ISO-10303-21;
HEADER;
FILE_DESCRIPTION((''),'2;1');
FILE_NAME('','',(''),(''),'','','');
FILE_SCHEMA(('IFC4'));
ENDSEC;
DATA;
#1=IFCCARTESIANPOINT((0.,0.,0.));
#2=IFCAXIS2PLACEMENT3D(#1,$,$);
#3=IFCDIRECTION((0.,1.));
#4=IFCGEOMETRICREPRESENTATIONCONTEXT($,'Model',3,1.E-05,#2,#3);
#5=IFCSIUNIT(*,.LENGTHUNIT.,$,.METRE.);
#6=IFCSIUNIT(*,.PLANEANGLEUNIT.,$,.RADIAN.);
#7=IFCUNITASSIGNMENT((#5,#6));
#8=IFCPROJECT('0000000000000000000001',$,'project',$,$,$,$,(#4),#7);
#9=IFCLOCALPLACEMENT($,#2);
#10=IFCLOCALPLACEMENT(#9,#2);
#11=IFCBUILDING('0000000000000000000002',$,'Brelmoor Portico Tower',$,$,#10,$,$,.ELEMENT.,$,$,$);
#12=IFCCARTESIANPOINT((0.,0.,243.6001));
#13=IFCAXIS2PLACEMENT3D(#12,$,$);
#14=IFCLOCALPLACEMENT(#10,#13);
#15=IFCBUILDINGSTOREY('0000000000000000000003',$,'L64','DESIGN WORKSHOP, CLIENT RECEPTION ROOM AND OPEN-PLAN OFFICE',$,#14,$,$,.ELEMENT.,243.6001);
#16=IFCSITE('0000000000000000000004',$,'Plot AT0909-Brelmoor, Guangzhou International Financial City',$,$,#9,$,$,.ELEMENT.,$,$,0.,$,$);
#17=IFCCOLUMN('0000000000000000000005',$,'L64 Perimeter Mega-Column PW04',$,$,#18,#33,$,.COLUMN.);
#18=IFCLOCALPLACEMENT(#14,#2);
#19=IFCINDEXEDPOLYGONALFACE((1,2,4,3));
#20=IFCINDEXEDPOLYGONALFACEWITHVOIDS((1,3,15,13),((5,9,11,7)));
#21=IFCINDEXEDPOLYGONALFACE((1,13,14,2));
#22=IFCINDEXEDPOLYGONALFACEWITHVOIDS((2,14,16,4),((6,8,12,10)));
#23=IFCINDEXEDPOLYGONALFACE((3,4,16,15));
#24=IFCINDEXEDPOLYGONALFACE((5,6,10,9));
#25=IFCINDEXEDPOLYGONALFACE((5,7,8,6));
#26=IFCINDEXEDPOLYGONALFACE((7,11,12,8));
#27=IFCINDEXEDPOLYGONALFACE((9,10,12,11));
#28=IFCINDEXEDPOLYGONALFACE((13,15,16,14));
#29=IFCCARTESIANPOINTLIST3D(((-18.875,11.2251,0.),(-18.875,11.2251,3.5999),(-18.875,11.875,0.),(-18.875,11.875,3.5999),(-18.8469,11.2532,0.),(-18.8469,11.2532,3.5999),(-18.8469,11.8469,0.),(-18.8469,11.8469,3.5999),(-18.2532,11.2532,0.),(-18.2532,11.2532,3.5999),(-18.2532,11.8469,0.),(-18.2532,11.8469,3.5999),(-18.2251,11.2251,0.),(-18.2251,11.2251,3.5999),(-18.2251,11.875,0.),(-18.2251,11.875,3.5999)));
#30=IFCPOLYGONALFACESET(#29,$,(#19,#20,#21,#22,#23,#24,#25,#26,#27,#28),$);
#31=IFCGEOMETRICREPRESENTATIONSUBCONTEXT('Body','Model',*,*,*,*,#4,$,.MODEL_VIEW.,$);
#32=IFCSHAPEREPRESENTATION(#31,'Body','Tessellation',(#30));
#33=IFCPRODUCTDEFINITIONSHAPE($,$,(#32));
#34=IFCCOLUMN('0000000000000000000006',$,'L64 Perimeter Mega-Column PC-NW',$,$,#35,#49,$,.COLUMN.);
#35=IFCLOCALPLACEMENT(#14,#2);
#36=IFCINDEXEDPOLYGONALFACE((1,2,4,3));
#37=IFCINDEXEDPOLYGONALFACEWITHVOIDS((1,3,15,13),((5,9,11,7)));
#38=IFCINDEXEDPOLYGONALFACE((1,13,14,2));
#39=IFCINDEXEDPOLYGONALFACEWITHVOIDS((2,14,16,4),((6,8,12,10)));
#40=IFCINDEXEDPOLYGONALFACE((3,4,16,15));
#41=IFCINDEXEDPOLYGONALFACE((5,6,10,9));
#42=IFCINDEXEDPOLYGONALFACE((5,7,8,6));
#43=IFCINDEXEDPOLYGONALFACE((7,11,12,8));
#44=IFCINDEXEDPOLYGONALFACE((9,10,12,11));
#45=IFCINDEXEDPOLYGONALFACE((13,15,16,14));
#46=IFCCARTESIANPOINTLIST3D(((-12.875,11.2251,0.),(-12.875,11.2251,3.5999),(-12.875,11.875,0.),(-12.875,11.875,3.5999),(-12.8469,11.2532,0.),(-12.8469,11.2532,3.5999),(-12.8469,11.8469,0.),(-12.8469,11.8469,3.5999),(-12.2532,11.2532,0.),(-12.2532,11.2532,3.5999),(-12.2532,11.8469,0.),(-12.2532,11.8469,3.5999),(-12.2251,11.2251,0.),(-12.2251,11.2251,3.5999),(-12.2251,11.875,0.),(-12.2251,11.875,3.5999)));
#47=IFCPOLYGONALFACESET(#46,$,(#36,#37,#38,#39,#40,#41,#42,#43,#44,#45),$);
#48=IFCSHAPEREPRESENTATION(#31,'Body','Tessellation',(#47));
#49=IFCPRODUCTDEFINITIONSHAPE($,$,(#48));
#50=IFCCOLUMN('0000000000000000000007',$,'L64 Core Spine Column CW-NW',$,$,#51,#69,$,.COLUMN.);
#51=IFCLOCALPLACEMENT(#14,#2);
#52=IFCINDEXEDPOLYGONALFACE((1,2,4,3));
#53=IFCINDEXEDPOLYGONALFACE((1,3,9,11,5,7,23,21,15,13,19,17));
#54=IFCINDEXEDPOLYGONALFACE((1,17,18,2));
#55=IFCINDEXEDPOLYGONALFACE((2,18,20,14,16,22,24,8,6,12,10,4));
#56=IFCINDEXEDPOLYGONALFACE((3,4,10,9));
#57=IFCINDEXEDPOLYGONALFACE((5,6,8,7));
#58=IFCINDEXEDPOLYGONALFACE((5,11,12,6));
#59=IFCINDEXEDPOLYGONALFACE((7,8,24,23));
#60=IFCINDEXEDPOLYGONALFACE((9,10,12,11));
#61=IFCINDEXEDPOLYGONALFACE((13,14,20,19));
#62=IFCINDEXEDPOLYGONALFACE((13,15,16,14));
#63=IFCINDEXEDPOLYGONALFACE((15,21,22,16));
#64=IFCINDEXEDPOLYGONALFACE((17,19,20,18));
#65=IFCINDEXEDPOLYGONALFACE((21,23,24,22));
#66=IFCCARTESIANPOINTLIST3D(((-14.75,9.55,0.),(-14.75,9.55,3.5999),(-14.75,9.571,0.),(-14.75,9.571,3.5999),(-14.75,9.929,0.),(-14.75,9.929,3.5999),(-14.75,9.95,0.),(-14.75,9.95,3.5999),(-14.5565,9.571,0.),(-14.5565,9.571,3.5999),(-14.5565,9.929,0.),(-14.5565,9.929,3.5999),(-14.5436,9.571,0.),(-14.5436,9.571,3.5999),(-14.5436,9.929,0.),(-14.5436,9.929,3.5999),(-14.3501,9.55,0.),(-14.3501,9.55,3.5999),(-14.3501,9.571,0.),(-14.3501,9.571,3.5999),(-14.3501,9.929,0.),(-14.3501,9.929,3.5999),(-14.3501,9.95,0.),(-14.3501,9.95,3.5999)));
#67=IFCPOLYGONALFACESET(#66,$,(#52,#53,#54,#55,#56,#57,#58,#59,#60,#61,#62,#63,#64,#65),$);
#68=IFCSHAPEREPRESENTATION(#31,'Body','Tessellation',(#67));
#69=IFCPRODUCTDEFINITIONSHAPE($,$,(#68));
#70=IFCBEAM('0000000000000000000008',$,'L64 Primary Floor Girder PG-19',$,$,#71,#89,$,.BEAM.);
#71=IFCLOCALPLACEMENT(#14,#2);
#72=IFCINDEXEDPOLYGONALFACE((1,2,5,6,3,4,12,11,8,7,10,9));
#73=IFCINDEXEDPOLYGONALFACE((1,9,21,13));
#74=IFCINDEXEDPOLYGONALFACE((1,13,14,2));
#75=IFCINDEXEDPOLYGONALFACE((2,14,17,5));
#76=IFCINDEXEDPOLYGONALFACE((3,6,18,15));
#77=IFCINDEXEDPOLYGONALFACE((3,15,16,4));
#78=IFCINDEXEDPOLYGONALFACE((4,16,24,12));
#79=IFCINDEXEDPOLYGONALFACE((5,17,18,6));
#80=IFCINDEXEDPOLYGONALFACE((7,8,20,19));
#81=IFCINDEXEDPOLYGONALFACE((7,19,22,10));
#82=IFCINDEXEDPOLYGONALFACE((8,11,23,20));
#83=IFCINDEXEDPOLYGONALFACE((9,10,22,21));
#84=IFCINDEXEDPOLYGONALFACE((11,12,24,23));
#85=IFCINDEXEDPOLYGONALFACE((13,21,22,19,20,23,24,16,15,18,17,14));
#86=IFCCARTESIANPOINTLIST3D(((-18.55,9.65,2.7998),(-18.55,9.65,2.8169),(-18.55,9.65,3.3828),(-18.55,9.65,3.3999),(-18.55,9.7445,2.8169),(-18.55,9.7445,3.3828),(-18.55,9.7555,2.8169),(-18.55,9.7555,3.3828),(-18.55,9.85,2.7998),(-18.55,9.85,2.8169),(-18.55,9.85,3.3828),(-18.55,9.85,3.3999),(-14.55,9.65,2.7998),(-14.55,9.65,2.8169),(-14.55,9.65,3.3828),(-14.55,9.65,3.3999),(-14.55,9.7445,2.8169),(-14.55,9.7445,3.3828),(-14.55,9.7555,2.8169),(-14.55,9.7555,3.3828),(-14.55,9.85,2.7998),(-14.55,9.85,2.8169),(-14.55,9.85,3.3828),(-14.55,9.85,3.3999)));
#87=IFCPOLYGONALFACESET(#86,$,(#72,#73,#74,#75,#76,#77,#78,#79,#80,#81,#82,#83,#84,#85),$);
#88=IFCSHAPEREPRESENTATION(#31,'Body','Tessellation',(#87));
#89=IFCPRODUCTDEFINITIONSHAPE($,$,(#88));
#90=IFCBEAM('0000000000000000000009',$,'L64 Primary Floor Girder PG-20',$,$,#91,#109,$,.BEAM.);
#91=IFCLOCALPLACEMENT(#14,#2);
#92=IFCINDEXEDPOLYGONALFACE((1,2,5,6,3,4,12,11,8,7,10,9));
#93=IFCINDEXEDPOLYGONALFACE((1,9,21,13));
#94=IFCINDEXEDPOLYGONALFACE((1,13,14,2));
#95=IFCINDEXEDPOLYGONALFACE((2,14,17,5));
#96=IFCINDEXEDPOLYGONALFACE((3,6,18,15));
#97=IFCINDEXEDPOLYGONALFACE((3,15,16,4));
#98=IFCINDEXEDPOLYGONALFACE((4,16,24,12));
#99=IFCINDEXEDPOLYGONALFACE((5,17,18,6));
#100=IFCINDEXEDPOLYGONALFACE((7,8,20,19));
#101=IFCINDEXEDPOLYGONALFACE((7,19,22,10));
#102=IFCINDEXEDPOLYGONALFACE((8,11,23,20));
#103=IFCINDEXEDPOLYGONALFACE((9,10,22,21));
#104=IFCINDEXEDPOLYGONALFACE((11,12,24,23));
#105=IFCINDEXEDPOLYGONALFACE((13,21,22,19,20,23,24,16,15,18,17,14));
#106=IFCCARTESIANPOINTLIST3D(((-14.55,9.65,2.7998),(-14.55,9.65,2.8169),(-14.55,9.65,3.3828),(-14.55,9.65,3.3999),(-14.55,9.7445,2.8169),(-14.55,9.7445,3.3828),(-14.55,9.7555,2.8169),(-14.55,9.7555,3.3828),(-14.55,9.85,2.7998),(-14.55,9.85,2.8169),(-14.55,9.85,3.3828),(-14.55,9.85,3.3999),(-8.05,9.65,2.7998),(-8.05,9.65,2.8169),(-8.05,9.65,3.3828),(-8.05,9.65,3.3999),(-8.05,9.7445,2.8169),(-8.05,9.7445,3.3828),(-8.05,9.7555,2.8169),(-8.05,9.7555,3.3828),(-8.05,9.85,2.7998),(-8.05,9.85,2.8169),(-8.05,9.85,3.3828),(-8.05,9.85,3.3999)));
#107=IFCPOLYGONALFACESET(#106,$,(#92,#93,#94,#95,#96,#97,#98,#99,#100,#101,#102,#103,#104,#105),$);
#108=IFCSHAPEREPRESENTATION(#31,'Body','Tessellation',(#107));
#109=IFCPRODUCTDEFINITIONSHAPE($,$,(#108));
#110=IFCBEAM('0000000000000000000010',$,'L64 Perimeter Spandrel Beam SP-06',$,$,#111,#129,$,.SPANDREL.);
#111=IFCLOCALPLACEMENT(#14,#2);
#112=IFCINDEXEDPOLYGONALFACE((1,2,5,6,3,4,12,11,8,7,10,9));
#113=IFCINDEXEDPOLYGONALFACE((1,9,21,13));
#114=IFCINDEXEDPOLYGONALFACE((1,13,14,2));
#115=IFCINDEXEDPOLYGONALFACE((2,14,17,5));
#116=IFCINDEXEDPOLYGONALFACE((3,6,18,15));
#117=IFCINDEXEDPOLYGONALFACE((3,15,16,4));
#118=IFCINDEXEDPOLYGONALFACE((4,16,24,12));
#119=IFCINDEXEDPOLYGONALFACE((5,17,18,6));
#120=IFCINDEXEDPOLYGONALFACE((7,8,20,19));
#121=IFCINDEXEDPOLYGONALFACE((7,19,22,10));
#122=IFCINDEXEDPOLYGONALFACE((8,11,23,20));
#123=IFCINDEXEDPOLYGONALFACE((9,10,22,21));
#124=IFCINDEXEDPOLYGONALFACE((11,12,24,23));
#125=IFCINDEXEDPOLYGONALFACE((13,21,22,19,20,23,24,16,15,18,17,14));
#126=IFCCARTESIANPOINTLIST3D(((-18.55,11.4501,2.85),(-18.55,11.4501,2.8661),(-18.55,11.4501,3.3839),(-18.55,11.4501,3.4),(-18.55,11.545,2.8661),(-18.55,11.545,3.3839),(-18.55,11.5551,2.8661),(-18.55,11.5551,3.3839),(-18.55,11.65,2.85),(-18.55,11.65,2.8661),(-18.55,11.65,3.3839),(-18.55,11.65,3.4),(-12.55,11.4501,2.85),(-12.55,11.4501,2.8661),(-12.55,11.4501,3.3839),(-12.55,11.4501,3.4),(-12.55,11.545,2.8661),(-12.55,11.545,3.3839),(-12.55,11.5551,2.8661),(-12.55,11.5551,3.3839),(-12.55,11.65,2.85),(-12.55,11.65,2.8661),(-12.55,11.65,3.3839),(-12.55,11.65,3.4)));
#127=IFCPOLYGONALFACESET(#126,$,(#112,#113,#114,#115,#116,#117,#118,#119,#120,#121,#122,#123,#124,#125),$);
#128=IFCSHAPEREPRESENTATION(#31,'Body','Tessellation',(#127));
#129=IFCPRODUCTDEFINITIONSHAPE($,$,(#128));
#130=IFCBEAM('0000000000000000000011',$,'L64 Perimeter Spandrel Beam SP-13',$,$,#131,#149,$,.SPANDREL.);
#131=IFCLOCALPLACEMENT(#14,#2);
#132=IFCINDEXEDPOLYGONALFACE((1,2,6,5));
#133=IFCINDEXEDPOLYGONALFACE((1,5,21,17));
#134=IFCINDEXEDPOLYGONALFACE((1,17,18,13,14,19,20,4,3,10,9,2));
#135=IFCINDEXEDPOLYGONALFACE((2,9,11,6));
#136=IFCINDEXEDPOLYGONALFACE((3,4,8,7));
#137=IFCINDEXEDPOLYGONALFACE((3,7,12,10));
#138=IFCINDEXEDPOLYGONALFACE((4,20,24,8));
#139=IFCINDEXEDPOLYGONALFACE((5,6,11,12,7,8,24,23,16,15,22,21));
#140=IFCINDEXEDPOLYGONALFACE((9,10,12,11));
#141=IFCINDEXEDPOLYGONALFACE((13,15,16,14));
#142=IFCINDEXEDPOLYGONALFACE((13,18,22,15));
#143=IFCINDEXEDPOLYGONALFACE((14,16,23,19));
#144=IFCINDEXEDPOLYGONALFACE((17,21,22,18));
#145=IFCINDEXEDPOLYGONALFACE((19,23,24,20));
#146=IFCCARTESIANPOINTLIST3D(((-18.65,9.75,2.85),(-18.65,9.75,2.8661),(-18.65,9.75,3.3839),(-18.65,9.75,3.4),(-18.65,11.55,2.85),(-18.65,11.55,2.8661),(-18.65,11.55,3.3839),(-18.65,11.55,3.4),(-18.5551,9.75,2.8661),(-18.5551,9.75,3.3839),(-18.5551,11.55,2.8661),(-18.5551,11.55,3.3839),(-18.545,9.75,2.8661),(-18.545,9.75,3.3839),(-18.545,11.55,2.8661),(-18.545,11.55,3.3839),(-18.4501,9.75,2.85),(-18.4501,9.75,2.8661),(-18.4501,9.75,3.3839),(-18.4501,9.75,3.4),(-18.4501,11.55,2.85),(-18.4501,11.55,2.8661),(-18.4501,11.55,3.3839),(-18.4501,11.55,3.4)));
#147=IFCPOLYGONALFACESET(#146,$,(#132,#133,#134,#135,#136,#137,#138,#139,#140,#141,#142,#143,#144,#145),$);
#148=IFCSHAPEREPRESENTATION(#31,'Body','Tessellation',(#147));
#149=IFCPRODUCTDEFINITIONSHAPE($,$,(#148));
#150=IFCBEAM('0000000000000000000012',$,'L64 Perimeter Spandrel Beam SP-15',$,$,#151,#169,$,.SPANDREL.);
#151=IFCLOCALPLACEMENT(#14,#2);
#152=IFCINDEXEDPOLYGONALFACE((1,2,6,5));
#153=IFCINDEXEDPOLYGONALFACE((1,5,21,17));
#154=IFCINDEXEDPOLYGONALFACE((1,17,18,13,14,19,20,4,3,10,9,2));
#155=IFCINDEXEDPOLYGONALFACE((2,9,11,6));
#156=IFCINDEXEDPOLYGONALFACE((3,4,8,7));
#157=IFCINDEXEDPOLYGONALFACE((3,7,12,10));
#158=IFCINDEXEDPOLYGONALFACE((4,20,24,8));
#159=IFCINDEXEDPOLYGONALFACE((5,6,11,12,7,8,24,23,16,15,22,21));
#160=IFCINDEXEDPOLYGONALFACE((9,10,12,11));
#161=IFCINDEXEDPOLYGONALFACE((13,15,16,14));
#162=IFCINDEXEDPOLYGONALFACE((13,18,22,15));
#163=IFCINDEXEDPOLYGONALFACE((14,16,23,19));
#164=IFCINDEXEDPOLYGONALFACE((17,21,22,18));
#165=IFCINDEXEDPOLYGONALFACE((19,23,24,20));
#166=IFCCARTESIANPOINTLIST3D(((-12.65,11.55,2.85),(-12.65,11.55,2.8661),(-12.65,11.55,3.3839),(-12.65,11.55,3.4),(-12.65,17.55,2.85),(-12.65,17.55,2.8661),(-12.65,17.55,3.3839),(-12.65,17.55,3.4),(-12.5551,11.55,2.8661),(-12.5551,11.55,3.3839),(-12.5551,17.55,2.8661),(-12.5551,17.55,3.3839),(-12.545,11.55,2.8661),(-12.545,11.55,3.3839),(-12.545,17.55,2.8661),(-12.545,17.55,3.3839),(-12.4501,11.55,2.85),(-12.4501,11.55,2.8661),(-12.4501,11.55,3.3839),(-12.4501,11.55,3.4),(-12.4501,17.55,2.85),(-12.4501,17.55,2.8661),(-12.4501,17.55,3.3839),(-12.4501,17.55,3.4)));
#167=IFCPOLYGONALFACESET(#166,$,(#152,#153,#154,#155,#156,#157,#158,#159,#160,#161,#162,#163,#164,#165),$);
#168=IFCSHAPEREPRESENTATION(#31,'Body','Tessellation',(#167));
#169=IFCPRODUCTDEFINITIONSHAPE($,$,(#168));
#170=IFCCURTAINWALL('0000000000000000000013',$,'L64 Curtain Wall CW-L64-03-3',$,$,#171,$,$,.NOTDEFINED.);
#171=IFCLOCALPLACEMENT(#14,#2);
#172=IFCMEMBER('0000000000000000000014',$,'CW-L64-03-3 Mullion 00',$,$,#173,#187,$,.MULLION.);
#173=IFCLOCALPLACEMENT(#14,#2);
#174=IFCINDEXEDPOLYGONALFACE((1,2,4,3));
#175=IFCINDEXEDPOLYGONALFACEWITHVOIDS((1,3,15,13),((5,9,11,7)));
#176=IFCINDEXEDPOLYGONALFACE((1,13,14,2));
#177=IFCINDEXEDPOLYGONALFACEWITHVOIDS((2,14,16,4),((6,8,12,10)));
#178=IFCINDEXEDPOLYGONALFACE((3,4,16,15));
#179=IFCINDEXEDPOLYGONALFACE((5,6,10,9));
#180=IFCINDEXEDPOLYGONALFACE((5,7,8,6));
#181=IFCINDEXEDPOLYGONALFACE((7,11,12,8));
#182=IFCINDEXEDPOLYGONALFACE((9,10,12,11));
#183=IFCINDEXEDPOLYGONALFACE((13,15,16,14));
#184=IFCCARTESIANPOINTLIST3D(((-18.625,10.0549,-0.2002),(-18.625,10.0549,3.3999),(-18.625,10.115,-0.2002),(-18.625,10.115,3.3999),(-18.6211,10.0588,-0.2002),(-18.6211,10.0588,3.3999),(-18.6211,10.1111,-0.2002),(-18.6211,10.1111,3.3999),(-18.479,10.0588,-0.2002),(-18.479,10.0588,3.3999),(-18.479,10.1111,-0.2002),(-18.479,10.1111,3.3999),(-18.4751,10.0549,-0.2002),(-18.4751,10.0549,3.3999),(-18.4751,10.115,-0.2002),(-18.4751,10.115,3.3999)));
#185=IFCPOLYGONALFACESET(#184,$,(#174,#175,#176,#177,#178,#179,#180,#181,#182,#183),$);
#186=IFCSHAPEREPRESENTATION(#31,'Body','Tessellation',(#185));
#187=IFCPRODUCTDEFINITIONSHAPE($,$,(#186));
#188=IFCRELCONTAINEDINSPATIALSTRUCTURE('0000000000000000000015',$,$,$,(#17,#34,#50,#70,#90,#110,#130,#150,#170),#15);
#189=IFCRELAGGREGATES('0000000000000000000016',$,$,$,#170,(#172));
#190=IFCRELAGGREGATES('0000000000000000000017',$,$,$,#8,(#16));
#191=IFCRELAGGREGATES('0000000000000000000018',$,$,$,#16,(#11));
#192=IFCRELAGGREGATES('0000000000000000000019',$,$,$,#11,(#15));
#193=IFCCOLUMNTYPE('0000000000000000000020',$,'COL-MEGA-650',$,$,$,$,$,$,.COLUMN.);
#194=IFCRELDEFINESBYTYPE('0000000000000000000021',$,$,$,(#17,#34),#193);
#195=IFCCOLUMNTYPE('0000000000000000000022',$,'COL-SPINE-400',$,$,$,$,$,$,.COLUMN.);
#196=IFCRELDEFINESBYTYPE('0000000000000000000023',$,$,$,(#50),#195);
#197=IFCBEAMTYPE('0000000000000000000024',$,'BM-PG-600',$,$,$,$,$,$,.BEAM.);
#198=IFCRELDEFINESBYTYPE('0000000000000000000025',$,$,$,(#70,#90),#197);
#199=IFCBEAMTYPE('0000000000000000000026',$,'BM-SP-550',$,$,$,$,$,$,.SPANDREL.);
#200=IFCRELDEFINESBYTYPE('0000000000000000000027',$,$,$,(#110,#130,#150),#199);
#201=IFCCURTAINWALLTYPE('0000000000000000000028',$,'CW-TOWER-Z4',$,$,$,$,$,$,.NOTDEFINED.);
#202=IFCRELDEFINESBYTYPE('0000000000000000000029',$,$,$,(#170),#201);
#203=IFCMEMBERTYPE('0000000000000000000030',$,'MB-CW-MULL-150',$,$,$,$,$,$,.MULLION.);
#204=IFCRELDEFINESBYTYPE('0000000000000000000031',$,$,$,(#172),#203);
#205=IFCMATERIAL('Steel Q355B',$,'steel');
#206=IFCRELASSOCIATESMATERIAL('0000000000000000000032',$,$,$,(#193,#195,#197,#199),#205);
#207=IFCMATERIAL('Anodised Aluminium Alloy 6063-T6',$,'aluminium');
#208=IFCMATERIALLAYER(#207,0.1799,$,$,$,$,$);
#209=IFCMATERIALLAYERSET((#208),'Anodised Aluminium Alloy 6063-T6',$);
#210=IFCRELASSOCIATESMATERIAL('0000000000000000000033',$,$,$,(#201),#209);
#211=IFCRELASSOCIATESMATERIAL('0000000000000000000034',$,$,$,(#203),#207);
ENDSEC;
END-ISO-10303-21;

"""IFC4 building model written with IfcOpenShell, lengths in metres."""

from ifc_helpers import new_model, si_unit, direction, frame, origin, origin_2d, place, context, subcontext, project, spatial, hollow_rectangle, i_section, extrude, material, layer, layer_set, material_profile, profile_set, type_object, element, aggregate, save


model = new_model("IFC4")

# Units and contexts
model_context = context("Model", 3, precision=1e-05, world=origin(), true_north=direction((0.0, 1.0)))
body_context = subcontext(model_context, "Body", "Model", "MODEL_VIEW")
ifc_project = project(units=[si_unit("LENGTHUNIT", "METRE"), si_unit("PLANEANGLEUNIT", "RADIAN")], contexts=[model_context])

# Site, building, storey
site_placement = place(None, origin())
site = spatial("IfcSite", under=ifc_project, at=site_placement, Name="Plot AT0909-Brelmoor, Guangzhou International Financial City", CompositionType="ELEMENT", RefElevation=0.0)
building_placement = place(site_placement, origin())
building = spatial("IfcBuilding", under=site, at=building_placement, Name="Brelmoor Portico Tower", CompositionType="ELEMENT")
storey_placement = place(building_placement, frame((0.0, 0.0, 243.6001)))
storey = spatial("IfcBuildingStorey", under=building, at=storey_placement, Name="L64", Description="DESIGN WORKSHOP, CLIENT RECEPTION ROOM AND OPEN-PLAN OFFICE", CompositionType="ELEMENT", Elevation=243.6001)

# Columns
ifc_material_1 = material(Name="Steel Q355B", Category="steel")
ifc_material_profile_1 = material_profile(ifc_material_1, hollow_rectangle(XDim=0.6499, YDim=0.6499, WallThickness=0.0281, at=origin_2d()), Name="BOX 650x650x28")
ifc_profile_set_1 = profile_set([ifc_material_profile_1], Name="Steel Q355B")
column_type_1 = type_object("IfcColumnType", Name="COL-MEGA-650", PredefinedType="COLUMN", material=ifc_profile_set_1)
for number, where, z_axis, x_axis, name in (
    (1, (-18.55, 11.55, 0.0), (0.0, 0.0, 1.0), (0.0, 1.0, 0.0), "L64 Perimeter Mega-Column PW04"),
    (2, (-12.55, 11.55, 0.0), (0.0, 0.0, 1.0), (1.0, 0.0, 0.0), "L64 Perimeter Mega-Column PC-NW"),
):
    element("IfcColumn", number, at=place(storey_placement, frame(where, z_axis=z_axis, x_axis=x_axis)), inside=storey, type_object=column_type_1, Name=name, PredefinedType="COLUMN", context=body_context, shape_type="SweptSolid", body=[
        extrude(hollow_rectangle(XDim=0.6499, YDim=0.6499, WallThickness=0.0281, at=origin_2d()), origin(), (0.0, 0.0, 1.0), 3.5999),
    ])
ifc_material_profile_2 = material_profile(ifc_material_1, i_section(OverallWidth=0.3999, OverallDepth=0.3999, WebThickness=0.0129, FlangeThickness=0.021, at=origin_2d()), Name="HW 400x400x13x21")
ifc_profile_set_2 = profile_set([ifc_material_profile_2], Name="Steel Q355B")
column_type_2 = type_object("IfcColumnType", Name="COL-SPINE-400", PredefinedType="COLUMN", material=ifc_profile_set_2)
column_placement = place(storey_placement, frame((-14.55, 9.75, 0.0), z_axis=(0.0, 0.0, 1.0), x_axis=(1.0, 0.0, 0.0)))
element("IfcColumn", 3, at=column_placement, inside=storey, type_object=column_type_2, Name="L64 Core Spine Column CW-NW", PredefinedType="COLUMN", context=body_context, shape_type="SweptSolid", body=[
    extrude(i_section(OverallWidth=0.3999, OverallDepth=0.3999, WebThickness=0.0129, FlangeThickness=0.021, at=origin_2d()), origin(), (0.0, 0.0, 1.0), 3.5999),
])

# Beams
ifc_material_profile_3 = material_profile(ifc_material_1, i_section(OverallWidth=0.2, OverallDepth=0.6001, WebThickness=0.011, FlangeThickness=0.0171, at=origin_2d()), Name="HN 600x200x11x17")
ifc_profile_set_3 = profile_set([ifc_material_profile_3], Name="Steel Q355B")
beam_type_1 = type_object("IfcBeamType", Name="BM-PG-600", PredefinedType="BEAM", material=ifc_profile_set_3)
beam_1_placement = place(storey_placement, frame((-18.55, 9.75, 3.0999), z_axis=(1.0, 0.0, 0.0), x_axis=(0.0, 1.0, 0.0)))
element("IfcBeam", 4, at=beam_1_placement, inside=storey, type_object=beam_type_1, Name="L64 Primary Floor Girder PG-19", PredefinedType="BEAM", context=body_context, shape_type="SweptSolid", body=[
    extrude(i_section(OverallWidth=0.2, OverallDepth=0.6001, WebThickness=0.011, FlangeThickness=0.0171, at=origin_2d()), origin(), (0.0, 0.0, 1.0), 4.0),
])
beam_2_placement = place(storey_placement, frame((-14.55, 9.75, 3.0999), z_axis=(1.0, 0.0, 0.0), x_axis=(0.0, 1.0, 0.0)))
element("IfcBeam", 5, at=beam_2_placement, inside=storey, type_object=beam_type_1, Name="L64 Primary Floor Girder PG-20", PredefinedType="BEAM", context=body_context, shape_type="SweptSolid", body=[
    extrude(i_section(OverallWidth=0.2, OverallDepth=0.6001, WebThickness=0.011, FlangeThickness=0.0171, at=origin_2d()), origin(), (0.0, 0.0, 1.0), 6.5),
])
ifc_material_profile_4 = material_profile(ifc_material_1, i_section(OverallWidth=0.2, OverallDepth=0.55, WebThickness=0.01, FlangeThickness=0.0161, at=origin_2d()), Name="HN 550x200x10x16")
ifc_profile_set_4 = profile_set([ifc_material_profile_4], Name="Steel Q355B")
beam_type_2 = type_object("IfcBeamType", Name="BM-SP-550", PredefinedType="SPANDREL", material=ifc_profile_set_4)
beam_3_placement = place(storey_placement, frame((-18.55, 11.55, 3.125), z_axis=(1.0, 0.0, 0.0), x_axis=(0.0, 1.0, 0.0)))
element("IfcBeam", 6, at=beam_3_placement, inside=storey, type_object=beam_type_2, Name="L64 Perimeter Spandrel Beam SP-06", PredefinedType="SPANDREL", context=body_context, shape_type="SweptSolid", body=[
    extrude(i_section(OverallWidth=0.2, OverallDepth=0.55, WebThickness=0.01, FlangeThickness=0.0161, at=origin_2d()), origin(), (0.0, 0.0, 1.0), 6.0),
])
beam_4_placement = place(storey_placement, frame((-18.55, 9.75, 3.125), z_axis=(0.0, 1.0, 0.0), x_axis=(-1.0, 0.0, 0.0)))
element("IfcBeam", 7, at=beam_4_placement, inside=storey, type_object=beam_type_2, Name="L64 Perimeter Spandrel Beam SP-13", PredefinedType="SPANDREL", context=body_context, shape_type="SweptSolid", body=[
    extrude(i_section(OverallWidth=0.2, OverallDepth=0.55, WebThickness=0.01, FlangeThickness=0.0161, at=origin_2d()), origin(), (0.0, 0.0, 1.0), 1.8),
])
beam_5_placement = place(storey_placement, frame((-12.55, 11.55, 3.125), z_axis=(0.0, 1.0, 0.0), x_axis=(-1.0, 0.0, 0.0)))
element("IfcBeam", 8, at=beam_5_placement, inside=storey, type_object=beam_type_2, Name="L64 Perimeter Spandrel Beam SP-15", PredefinedType="SPANDREL", context=body_context, shape_type="SweptSolid", body=[
    extrude(i_section(OverallWidth=0.2, OverallDepth=0.55, WebThickness=0.01, FlangeThickness=0.0161, at=origin_2d()), origin(), (0.0, 0.0, 1.0), 6.0),
])

# Curtain wall, member
ifc_material_2 = material(Name="Anodised Aluminium Alloy 6063-T6", Category="aluminium")
ifc_layer_1 = layer(ifc_material_2, 0.1799)
ifc_layer_set_1 = layer_set([ifc_layer_1], Name="Anodised Aluminium Alloy 6063-T6")
curtain_wall_type = type_object("IfcCurtainWallType", Name="CW-TOWER-Z4", PredefinedType="NOTDEFINED", material=ifc_layer_set_1)
curtain_wall_placement = place(storey_placement, origin())
curtain_wall = element("IfcCurtainWall", 9, at=curtain_wall_placement, inside=storey, type_object=curtain_wall_type, Name="L64 Curtain Wall CW-L64-03-3", PredefinedType="NOTDEFINED")
ifc_material_profile_5 = material_profile(ifc_material_2, hollow_rectangle(XDim=0.0601, YDim=0.1499, WallThickness=0.0039, at=origin_2d()), Name="ALU MULLION 60x150")
ifc_profile_set_5 = profile_set([ifc_material_profile_5], Name="Anodised Aluminium Alloy 6063-T6")
member_type_1 = type_object("IfcMemberType", Name="MB-CW-MULL-150", PredefinedType="MULLION", material=ifc_profile_set_5)
member_1_placement = place(storey_placement, frame((-18.55, 10.085, -0.2002), z_axis=(0.0, 0.0, 1.0), x_axis=(0.0, 1.0, 0.0)))
member_1 = element("IfcMember", 10, at=member_1_placement, type_object=member_type_1, Name="CW-L64-03-3 Mullion 00", PredefinedType="MULLION", context=body_context, shape_type="SweptSolid", body=[
    extrude(hollow_rectangle(XDim=0.0601, YDim=0.1499, WallThickness=0.0039, at=origin_2d()), origin(), (0.0, 0.0, 1.0), 3.6001),
])
aggregate(curtain_wall, [member_1])

save(model, "model.ifc")
